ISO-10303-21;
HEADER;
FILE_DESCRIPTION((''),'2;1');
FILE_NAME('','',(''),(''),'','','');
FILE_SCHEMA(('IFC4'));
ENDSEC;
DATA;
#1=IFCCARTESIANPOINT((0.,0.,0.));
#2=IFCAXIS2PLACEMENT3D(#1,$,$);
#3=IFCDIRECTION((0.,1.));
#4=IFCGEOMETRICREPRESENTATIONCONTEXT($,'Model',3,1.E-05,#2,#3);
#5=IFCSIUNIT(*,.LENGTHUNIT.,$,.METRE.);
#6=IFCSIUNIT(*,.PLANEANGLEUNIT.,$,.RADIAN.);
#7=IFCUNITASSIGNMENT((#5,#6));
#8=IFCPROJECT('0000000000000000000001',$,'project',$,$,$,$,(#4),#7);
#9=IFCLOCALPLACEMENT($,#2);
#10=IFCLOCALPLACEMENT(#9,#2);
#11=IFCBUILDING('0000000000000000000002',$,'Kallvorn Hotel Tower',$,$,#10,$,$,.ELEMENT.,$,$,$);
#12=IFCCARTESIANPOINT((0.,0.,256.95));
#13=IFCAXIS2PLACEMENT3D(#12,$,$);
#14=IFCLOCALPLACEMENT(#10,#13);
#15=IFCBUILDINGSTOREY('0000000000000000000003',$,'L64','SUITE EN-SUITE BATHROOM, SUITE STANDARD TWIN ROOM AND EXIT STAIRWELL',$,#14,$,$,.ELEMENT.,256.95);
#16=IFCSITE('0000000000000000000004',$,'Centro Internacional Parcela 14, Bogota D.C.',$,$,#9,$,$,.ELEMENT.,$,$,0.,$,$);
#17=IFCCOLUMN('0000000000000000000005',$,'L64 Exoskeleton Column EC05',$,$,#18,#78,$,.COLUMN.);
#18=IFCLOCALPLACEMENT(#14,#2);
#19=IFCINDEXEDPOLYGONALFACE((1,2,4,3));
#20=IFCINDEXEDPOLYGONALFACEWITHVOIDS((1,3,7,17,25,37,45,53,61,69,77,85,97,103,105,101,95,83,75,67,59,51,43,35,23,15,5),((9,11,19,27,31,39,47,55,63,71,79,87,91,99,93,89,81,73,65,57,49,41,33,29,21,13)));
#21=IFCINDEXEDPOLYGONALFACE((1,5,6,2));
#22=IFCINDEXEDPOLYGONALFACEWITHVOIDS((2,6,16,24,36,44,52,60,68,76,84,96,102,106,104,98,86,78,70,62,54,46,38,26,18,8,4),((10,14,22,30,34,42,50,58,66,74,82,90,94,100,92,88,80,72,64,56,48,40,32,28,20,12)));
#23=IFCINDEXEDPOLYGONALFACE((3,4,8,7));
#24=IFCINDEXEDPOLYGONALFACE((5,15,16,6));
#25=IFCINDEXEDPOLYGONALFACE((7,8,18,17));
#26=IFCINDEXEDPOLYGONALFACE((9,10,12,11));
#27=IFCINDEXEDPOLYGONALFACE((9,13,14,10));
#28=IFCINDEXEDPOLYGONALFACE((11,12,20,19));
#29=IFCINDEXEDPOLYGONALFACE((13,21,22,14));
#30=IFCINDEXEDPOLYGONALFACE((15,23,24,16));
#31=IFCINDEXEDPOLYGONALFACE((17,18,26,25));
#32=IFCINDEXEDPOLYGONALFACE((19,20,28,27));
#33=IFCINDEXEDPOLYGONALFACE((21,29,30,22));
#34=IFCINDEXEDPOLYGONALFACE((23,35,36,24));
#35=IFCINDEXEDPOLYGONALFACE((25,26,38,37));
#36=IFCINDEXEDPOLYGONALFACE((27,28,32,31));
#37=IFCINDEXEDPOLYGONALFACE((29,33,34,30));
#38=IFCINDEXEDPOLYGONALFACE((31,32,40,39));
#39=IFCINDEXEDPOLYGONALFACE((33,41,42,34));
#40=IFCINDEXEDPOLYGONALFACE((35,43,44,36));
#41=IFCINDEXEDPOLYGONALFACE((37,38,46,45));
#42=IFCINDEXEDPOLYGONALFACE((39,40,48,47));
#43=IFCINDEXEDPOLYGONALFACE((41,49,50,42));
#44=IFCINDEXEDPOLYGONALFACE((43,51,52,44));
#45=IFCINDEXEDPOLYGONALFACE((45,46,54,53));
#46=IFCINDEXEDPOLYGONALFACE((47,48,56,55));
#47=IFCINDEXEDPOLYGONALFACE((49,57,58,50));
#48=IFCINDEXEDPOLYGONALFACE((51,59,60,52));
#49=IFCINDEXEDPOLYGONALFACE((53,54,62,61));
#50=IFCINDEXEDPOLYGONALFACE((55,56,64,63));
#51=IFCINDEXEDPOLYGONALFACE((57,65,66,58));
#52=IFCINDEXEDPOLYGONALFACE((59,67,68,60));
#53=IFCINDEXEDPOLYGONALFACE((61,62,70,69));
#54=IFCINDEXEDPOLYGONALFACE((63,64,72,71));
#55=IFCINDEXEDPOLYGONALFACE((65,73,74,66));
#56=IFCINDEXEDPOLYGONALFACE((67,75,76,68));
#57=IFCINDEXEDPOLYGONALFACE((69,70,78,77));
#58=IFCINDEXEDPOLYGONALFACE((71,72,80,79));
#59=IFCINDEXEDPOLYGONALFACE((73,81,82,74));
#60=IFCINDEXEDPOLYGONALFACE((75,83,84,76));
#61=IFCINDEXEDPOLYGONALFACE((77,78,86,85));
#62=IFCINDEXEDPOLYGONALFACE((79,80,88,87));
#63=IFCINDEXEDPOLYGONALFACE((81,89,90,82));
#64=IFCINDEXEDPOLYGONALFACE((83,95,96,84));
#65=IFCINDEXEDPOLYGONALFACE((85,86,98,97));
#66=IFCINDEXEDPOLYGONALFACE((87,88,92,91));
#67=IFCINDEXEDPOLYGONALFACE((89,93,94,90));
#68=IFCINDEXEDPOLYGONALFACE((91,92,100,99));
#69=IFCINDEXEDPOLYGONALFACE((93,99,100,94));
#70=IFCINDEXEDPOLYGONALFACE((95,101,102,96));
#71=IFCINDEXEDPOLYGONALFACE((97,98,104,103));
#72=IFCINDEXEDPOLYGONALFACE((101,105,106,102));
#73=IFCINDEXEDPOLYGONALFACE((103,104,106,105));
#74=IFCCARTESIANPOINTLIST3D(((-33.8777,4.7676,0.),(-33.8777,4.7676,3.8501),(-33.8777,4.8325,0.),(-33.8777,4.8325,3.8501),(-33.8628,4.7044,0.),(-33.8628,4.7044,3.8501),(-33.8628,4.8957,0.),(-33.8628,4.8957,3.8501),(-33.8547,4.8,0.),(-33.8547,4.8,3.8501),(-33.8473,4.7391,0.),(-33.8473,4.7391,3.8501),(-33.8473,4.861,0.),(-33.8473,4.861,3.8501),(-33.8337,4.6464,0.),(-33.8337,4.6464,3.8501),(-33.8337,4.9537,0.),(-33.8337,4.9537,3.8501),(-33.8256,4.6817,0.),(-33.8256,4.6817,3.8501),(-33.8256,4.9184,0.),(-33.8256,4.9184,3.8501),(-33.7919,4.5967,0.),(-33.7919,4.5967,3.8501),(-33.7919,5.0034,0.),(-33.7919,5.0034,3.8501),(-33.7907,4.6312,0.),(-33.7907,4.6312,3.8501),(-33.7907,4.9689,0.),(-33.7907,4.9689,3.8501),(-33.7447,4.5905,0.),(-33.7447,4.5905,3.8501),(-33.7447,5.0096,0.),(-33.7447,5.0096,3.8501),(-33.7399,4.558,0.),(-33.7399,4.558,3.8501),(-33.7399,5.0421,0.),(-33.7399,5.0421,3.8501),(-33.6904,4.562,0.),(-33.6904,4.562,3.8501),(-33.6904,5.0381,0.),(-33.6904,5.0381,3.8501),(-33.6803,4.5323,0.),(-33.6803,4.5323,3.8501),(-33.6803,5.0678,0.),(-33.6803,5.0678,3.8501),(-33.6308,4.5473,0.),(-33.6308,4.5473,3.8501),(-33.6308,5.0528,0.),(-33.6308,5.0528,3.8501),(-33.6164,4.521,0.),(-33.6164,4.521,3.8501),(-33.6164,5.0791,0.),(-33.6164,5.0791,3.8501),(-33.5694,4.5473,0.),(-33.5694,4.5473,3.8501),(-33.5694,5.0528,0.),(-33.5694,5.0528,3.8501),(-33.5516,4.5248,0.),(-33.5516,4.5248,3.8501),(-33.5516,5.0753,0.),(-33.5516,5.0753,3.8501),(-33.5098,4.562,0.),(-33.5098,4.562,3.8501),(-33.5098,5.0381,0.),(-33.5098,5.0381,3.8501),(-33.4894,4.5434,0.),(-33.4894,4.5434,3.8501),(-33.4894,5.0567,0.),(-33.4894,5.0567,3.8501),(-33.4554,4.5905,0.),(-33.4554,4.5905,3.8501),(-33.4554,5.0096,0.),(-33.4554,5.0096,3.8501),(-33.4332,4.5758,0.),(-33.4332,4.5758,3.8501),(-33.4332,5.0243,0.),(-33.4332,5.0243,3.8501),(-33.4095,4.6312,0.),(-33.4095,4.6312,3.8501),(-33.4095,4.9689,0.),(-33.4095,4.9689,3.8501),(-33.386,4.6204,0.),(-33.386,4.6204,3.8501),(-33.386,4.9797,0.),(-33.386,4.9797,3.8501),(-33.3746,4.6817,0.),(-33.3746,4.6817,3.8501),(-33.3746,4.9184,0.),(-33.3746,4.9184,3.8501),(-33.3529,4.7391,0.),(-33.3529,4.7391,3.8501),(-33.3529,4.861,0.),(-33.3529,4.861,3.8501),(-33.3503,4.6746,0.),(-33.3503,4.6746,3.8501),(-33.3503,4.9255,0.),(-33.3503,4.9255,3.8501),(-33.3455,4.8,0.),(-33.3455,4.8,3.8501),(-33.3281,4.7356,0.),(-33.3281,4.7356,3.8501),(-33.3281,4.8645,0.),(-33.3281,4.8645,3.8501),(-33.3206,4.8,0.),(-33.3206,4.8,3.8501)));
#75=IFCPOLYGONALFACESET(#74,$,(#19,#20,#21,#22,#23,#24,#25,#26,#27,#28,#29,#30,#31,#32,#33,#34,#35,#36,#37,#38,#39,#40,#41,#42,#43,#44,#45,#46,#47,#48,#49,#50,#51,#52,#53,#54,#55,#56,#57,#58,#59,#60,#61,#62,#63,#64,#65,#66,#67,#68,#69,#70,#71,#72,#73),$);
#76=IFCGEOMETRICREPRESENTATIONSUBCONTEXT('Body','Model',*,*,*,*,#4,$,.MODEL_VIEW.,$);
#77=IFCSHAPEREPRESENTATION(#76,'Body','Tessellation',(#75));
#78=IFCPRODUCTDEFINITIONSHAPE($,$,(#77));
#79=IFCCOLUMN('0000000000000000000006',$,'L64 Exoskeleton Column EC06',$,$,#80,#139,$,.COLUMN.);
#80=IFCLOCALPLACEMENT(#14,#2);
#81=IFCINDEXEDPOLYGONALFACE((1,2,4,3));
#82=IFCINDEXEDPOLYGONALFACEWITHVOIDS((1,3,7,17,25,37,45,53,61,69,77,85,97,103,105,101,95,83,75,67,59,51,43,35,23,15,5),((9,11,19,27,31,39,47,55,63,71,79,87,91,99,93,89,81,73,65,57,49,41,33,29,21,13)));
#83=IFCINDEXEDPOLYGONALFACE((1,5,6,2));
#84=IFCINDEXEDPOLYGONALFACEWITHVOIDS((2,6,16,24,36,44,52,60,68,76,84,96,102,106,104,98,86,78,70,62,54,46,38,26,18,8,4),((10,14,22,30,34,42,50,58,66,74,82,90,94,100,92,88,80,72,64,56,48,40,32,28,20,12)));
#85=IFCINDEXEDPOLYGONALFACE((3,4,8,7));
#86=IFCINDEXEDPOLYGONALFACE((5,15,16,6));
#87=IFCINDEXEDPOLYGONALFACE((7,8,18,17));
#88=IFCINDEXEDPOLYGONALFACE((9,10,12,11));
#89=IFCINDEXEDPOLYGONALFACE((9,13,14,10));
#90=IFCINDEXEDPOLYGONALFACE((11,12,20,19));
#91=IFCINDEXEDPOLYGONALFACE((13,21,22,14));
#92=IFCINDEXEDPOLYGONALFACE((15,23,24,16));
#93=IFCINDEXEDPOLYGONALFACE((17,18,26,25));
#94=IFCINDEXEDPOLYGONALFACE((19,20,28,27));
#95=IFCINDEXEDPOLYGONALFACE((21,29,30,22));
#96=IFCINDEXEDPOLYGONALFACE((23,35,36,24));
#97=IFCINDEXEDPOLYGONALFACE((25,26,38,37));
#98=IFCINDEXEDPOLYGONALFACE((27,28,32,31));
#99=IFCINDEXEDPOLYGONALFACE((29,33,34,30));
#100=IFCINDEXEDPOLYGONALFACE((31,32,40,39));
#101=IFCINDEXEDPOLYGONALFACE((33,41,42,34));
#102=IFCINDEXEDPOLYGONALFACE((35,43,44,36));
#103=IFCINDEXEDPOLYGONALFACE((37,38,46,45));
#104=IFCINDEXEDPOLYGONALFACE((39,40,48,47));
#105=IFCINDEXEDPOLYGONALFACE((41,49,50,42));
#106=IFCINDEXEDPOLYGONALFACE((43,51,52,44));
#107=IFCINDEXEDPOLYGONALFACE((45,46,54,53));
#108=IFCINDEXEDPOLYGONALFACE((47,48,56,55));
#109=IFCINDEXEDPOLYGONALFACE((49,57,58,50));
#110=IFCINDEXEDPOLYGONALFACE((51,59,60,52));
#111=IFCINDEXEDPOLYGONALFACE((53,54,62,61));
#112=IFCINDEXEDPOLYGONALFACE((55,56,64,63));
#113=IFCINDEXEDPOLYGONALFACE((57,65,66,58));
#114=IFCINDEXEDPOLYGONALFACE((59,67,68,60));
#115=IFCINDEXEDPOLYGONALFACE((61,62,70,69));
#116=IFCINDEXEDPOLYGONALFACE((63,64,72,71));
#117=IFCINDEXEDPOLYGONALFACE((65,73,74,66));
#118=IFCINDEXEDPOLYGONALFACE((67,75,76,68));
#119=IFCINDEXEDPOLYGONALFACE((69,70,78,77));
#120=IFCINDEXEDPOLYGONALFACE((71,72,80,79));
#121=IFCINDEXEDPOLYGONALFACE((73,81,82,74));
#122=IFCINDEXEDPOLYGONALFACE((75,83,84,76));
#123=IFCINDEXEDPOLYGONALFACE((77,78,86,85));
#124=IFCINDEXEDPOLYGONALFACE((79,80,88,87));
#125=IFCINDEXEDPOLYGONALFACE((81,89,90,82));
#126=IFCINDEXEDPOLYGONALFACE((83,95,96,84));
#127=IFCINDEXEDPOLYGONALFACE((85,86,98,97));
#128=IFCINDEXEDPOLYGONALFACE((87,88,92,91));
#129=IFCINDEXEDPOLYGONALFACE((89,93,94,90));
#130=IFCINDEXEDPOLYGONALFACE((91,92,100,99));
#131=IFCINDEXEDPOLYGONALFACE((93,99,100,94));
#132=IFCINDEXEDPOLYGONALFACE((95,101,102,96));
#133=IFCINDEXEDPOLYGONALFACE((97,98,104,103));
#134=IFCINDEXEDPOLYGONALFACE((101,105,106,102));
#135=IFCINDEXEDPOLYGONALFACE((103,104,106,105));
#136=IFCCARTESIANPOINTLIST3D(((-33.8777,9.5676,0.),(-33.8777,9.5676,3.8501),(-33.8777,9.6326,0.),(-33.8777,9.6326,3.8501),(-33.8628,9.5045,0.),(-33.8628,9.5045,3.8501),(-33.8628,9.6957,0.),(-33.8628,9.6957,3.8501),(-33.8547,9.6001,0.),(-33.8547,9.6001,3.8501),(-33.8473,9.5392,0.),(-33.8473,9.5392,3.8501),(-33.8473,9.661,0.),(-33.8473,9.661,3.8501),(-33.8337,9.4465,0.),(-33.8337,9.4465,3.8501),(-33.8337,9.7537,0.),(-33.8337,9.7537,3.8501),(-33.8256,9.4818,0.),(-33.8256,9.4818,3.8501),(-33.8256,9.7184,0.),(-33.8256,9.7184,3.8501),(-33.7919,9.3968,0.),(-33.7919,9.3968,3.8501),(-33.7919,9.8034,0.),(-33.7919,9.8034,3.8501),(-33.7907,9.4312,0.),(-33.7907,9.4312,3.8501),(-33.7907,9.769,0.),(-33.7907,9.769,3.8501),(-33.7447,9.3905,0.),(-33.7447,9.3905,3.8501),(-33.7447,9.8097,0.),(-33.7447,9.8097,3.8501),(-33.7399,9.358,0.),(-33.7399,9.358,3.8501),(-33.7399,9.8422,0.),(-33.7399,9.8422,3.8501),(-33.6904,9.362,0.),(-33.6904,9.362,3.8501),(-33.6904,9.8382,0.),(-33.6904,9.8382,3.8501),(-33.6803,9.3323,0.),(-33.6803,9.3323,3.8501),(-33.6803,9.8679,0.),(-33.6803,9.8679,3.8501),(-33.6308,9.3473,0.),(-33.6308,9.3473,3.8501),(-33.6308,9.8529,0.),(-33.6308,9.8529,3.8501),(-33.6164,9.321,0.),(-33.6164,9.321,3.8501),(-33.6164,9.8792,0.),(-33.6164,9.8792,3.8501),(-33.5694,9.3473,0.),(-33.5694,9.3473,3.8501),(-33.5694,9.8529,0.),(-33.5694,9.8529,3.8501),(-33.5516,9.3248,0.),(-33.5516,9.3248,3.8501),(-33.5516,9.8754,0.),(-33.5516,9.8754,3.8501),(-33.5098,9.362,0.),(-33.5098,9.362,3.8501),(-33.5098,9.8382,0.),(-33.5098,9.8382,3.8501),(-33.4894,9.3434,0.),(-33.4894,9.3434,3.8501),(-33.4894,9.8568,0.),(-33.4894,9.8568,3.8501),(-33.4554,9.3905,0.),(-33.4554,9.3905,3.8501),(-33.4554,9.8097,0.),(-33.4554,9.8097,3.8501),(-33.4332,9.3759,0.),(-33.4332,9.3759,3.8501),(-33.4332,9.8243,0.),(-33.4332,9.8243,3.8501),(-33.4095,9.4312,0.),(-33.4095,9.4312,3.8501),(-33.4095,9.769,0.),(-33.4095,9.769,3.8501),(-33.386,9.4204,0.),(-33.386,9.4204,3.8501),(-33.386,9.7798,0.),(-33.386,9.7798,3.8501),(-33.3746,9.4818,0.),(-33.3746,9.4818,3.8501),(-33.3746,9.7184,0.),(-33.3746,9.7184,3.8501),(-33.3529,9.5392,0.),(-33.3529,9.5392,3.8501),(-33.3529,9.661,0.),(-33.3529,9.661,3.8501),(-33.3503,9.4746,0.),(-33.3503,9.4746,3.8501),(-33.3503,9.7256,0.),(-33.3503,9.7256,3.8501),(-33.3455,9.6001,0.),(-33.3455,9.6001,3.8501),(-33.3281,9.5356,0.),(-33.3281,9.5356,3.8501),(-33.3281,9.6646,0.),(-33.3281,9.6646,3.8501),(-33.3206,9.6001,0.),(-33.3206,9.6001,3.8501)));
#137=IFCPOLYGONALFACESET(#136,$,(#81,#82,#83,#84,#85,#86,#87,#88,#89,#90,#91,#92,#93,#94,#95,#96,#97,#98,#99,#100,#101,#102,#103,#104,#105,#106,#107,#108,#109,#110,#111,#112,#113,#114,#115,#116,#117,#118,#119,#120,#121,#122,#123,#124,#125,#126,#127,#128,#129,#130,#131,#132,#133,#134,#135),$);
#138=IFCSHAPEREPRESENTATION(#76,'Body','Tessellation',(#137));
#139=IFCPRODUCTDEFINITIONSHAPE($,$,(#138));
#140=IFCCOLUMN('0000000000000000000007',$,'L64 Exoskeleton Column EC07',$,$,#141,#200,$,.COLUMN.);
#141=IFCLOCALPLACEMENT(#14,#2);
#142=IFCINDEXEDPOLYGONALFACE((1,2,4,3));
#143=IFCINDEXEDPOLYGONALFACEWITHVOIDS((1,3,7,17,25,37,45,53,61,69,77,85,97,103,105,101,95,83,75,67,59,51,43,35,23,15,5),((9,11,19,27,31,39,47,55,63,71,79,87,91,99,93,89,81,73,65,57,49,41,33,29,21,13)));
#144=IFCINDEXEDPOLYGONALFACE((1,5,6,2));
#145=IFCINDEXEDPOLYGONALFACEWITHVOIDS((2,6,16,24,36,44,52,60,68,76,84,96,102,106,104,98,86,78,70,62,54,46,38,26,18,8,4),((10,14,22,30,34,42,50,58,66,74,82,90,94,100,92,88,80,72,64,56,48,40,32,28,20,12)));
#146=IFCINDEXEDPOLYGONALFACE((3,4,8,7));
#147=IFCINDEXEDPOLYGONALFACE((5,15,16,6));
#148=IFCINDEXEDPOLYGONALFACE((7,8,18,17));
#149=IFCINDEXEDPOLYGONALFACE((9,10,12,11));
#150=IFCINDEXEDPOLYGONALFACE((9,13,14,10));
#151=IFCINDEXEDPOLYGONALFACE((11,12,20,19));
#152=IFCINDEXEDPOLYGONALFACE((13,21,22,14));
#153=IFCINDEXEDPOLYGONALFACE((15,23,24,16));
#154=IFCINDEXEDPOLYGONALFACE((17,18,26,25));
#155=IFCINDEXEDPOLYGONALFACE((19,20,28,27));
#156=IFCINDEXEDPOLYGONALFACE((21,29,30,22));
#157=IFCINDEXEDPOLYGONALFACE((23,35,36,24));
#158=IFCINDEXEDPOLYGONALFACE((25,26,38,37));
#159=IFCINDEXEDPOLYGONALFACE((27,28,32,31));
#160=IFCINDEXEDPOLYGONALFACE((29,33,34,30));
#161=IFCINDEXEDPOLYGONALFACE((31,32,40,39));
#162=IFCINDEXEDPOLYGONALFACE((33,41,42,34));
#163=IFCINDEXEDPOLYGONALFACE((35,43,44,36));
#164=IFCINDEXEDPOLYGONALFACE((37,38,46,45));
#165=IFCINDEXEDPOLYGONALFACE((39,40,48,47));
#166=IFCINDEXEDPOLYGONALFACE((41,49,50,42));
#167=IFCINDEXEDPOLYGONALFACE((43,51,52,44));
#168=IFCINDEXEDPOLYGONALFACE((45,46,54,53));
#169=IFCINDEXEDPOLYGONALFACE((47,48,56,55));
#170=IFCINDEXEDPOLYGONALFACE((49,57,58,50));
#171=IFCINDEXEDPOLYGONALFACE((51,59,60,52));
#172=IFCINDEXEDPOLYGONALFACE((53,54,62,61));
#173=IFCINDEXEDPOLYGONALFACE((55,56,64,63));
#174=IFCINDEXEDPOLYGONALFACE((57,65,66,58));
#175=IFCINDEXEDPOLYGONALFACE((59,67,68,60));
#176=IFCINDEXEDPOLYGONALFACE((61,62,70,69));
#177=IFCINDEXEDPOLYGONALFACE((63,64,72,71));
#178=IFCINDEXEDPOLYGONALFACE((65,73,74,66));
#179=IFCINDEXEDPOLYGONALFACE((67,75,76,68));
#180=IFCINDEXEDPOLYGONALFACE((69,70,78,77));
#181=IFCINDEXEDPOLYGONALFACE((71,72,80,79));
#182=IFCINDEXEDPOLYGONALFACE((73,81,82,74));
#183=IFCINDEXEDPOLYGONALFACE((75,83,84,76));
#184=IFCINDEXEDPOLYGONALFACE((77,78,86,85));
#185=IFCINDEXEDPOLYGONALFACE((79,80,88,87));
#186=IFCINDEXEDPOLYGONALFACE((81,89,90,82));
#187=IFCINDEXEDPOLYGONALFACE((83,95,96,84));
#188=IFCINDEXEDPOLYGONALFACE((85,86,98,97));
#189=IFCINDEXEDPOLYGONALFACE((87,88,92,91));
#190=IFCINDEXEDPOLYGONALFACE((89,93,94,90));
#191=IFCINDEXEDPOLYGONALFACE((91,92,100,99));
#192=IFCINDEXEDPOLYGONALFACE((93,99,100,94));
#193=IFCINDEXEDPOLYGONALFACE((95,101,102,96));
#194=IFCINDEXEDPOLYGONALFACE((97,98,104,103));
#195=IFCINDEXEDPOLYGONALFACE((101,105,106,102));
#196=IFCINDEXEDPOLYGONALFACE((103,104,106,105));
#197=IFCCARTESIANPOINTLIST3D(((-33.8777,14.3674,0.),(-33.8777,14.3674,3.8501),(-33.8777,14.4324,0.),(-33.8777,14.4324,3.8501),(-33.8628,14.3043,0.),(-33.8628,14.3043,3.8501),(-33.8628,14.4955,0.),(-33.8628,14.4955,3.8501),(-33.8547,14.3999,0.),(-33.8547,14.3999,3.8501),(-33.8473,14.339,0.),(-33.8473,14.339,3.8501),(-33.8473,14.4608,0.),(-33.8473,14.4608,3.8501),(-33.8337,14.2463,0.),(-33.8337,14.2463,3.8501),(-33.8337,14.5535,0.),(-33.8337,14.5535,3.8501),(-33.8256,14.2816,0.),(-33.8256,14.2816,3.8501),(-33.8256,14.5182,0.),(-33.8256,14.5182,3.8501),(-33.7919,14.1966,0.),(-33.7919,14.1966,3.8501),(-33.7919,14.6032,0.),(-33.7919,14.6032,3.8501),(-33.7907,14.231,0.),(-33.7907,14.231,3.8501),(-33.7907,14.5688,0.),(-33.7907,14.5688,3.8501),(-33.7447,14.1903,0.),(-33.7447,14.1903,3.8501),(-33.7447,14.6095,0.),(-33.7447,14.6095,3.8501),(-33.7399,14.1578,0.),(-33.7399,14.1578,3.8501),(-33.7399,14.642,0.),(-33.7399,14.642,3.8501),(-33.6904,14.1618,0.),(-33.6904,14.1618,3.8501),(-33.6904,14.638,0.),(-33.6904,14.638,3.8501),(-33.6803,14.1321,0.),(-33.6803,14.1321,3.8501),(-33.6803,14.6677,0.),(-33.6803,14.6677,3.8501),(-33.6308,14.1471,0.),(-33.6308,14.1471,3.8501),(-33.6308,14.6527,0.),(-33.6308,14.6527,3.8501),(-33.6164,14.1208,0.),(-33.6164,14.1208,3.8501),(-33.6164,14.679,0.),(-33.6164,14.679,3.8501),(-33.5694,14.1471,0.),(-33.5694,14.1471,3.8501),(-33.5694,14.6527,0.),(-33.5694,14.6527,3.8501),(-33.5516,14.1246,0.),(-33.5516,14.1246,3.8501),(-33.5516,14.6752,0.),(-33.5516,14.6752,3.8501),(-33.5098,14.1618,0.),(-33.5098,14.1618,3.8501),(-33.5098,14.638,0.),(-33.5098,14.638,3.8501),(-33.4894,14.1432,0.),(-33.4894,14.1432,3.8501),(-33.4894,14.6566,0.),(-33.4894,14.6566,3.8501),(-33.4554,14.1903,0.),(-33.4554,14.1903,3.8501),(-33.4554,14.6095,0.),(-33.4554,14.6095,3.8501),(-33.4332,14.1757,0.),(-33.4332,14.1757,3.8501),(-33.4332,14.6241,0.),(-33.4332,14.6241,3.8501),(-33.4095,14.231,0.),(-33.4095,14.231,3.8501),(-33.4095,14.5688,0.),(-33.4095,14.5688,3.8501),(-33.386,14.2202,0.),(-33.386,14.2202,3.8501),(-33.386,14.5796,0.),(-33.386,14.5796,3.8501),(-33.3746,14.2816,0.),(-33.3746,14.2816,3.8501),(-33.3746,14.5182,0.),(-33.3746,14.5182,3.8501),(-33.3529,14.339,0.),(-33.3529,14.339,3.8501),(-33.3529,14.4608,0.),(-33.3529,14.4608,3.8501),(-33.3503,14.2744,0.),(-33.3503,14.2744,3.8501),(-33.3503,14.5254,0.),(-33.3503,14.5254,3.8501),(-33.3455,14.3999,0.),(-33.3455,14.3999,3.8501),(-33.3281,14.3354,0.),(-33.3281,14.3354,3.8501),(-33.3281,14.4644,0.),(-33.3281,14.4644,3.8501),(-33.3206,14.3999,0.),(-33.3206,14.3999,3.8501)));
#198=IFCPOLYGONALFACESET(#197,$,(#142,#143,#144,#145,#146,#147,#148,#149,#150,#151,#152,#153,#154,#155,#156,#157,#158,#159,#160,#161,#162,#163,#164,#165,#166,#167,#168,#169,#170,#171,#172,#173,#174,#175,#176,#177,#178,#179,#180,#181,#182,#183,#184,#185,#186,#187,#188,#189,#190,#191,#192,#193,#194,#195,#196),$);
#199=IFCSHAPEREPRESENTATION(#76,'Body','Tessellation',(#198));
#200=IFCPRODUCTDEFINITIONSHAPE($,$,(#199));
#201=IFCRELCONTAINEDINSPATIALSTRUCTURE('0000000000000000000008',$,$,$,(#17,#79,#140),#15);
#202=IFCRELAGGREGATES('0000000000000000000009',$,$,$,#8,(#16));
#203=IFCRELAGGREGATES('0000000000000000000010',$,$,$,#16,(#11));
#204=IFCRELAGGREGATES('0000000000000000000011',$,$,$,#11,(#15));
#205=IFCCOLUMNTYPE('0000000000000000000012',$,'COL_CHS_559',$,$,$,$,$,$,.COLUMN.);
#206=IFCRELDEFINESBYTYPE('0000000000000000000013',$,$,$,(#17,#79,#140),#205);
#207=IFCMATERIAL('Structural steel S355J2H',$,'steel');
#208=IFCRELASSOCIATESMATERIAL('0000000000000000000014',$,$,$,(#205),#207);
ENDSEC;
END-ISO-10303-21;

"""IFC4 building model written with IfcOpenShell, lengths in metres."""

from ifc_helpers import new_model, si_unit, direction, frame, origin, origin_2d, place, context, subcontext, project, spatial, hollow_circle, extrude, material, material_profile, profile_set, type_object, element, save


model = new_model("IFC4")

# Units and contexts
model_context = context("Model", 3, precision=1e-05, world=origin(), true_north=direction((0.0, 1.0)))
body_context = subcontext(model_context, "Body", "Model", "MODEL_VIEW")
ifc_project = project(units=[si_unit("LENGTHUNIT", "METRE"), si_unit("PLANEANGLEUNIT", "RADIAN")], contexts=[model_context])

# Site, building, storey
site_placement = place(None, origin())
site = spatial("IfcSite", under=ifc_project, at=site_placement, Name="Centro Internacional Parcela 14, Bogota D.C.", CompositionType="ELEMENT", RefElevation=0.0)
building_placement = place(site_placement, origin())
building = spatial("IfcBuilding", under=site, at=building_placement, Name="Kallvorn Hotel Tower", CompositionType="ELEMENT")
storey_placement = place(building_placement, frame((0.0, 0.0, 256.95)))
storey = spatial("IfcBuildingStorey", under=building, at=storey_placement, Name="L64", Description="SUITE EN-SUITE BATHROOM, SUITE STANDARD TWIN ROOM AND EXIT STAIRWELL", CompositionType="ELEMENT", Elevation=256.95)

# Columns
ifc_material_1 = material(Name="Structural steel S355J2H", Category="steel")
ifc_material_profile_1 = material_profile(ifc_material_1, hollow_circle(Radius=0.2795, WallThickness=0.0249, at=origin_2d()), Name="CHS 559x25")
ifc_profile_set_1 = profile_set([ifc_material_profile_1], Name="Structural steel S355J2H")
column_type = type_object("IfcColumnType", Name="COL_CHS_559", PredefinedType="COLUMN", material=ifc_profile_set_1)
for number, where, z_axis, x_axis, name in (
    (1, (-33.6001, 4.8, 0.0), (0.0, 0.0, 1.0), (1.0, 0.0, 0.0), "L64 Exoskeleton Column EC05"),
    (2, (-33.6001, 9.6001, 0.0), (0.0, 0.0, 1.0), (1.0, 0.0, 0.0), "L64 Exoskeleton Column EC06"),
    (3, (-33.6001, 14.3999, 0.0), (0.0, 0.0, 1.0), (1.0, 0.0, 0.0), "L64 Exoskeleton Column EC07"),
):
    element("IfcColumn", number, at=place(storey_placement, frame(where, z_axis=z_axis, x_axis=x_axis)), inside=storey, type_object=column_type, Name=name, PredefinedType="COLUMN", context=body_context, shape_type="SweptSolid", body=[
        extrude(hollow_circle(Radius=0.2795, WallThickness=0.0249, at=origin_2d()), origin(), (0.0, 0.0, 1.0), 3.8501),
    ])

save(model, "model.ifc")
